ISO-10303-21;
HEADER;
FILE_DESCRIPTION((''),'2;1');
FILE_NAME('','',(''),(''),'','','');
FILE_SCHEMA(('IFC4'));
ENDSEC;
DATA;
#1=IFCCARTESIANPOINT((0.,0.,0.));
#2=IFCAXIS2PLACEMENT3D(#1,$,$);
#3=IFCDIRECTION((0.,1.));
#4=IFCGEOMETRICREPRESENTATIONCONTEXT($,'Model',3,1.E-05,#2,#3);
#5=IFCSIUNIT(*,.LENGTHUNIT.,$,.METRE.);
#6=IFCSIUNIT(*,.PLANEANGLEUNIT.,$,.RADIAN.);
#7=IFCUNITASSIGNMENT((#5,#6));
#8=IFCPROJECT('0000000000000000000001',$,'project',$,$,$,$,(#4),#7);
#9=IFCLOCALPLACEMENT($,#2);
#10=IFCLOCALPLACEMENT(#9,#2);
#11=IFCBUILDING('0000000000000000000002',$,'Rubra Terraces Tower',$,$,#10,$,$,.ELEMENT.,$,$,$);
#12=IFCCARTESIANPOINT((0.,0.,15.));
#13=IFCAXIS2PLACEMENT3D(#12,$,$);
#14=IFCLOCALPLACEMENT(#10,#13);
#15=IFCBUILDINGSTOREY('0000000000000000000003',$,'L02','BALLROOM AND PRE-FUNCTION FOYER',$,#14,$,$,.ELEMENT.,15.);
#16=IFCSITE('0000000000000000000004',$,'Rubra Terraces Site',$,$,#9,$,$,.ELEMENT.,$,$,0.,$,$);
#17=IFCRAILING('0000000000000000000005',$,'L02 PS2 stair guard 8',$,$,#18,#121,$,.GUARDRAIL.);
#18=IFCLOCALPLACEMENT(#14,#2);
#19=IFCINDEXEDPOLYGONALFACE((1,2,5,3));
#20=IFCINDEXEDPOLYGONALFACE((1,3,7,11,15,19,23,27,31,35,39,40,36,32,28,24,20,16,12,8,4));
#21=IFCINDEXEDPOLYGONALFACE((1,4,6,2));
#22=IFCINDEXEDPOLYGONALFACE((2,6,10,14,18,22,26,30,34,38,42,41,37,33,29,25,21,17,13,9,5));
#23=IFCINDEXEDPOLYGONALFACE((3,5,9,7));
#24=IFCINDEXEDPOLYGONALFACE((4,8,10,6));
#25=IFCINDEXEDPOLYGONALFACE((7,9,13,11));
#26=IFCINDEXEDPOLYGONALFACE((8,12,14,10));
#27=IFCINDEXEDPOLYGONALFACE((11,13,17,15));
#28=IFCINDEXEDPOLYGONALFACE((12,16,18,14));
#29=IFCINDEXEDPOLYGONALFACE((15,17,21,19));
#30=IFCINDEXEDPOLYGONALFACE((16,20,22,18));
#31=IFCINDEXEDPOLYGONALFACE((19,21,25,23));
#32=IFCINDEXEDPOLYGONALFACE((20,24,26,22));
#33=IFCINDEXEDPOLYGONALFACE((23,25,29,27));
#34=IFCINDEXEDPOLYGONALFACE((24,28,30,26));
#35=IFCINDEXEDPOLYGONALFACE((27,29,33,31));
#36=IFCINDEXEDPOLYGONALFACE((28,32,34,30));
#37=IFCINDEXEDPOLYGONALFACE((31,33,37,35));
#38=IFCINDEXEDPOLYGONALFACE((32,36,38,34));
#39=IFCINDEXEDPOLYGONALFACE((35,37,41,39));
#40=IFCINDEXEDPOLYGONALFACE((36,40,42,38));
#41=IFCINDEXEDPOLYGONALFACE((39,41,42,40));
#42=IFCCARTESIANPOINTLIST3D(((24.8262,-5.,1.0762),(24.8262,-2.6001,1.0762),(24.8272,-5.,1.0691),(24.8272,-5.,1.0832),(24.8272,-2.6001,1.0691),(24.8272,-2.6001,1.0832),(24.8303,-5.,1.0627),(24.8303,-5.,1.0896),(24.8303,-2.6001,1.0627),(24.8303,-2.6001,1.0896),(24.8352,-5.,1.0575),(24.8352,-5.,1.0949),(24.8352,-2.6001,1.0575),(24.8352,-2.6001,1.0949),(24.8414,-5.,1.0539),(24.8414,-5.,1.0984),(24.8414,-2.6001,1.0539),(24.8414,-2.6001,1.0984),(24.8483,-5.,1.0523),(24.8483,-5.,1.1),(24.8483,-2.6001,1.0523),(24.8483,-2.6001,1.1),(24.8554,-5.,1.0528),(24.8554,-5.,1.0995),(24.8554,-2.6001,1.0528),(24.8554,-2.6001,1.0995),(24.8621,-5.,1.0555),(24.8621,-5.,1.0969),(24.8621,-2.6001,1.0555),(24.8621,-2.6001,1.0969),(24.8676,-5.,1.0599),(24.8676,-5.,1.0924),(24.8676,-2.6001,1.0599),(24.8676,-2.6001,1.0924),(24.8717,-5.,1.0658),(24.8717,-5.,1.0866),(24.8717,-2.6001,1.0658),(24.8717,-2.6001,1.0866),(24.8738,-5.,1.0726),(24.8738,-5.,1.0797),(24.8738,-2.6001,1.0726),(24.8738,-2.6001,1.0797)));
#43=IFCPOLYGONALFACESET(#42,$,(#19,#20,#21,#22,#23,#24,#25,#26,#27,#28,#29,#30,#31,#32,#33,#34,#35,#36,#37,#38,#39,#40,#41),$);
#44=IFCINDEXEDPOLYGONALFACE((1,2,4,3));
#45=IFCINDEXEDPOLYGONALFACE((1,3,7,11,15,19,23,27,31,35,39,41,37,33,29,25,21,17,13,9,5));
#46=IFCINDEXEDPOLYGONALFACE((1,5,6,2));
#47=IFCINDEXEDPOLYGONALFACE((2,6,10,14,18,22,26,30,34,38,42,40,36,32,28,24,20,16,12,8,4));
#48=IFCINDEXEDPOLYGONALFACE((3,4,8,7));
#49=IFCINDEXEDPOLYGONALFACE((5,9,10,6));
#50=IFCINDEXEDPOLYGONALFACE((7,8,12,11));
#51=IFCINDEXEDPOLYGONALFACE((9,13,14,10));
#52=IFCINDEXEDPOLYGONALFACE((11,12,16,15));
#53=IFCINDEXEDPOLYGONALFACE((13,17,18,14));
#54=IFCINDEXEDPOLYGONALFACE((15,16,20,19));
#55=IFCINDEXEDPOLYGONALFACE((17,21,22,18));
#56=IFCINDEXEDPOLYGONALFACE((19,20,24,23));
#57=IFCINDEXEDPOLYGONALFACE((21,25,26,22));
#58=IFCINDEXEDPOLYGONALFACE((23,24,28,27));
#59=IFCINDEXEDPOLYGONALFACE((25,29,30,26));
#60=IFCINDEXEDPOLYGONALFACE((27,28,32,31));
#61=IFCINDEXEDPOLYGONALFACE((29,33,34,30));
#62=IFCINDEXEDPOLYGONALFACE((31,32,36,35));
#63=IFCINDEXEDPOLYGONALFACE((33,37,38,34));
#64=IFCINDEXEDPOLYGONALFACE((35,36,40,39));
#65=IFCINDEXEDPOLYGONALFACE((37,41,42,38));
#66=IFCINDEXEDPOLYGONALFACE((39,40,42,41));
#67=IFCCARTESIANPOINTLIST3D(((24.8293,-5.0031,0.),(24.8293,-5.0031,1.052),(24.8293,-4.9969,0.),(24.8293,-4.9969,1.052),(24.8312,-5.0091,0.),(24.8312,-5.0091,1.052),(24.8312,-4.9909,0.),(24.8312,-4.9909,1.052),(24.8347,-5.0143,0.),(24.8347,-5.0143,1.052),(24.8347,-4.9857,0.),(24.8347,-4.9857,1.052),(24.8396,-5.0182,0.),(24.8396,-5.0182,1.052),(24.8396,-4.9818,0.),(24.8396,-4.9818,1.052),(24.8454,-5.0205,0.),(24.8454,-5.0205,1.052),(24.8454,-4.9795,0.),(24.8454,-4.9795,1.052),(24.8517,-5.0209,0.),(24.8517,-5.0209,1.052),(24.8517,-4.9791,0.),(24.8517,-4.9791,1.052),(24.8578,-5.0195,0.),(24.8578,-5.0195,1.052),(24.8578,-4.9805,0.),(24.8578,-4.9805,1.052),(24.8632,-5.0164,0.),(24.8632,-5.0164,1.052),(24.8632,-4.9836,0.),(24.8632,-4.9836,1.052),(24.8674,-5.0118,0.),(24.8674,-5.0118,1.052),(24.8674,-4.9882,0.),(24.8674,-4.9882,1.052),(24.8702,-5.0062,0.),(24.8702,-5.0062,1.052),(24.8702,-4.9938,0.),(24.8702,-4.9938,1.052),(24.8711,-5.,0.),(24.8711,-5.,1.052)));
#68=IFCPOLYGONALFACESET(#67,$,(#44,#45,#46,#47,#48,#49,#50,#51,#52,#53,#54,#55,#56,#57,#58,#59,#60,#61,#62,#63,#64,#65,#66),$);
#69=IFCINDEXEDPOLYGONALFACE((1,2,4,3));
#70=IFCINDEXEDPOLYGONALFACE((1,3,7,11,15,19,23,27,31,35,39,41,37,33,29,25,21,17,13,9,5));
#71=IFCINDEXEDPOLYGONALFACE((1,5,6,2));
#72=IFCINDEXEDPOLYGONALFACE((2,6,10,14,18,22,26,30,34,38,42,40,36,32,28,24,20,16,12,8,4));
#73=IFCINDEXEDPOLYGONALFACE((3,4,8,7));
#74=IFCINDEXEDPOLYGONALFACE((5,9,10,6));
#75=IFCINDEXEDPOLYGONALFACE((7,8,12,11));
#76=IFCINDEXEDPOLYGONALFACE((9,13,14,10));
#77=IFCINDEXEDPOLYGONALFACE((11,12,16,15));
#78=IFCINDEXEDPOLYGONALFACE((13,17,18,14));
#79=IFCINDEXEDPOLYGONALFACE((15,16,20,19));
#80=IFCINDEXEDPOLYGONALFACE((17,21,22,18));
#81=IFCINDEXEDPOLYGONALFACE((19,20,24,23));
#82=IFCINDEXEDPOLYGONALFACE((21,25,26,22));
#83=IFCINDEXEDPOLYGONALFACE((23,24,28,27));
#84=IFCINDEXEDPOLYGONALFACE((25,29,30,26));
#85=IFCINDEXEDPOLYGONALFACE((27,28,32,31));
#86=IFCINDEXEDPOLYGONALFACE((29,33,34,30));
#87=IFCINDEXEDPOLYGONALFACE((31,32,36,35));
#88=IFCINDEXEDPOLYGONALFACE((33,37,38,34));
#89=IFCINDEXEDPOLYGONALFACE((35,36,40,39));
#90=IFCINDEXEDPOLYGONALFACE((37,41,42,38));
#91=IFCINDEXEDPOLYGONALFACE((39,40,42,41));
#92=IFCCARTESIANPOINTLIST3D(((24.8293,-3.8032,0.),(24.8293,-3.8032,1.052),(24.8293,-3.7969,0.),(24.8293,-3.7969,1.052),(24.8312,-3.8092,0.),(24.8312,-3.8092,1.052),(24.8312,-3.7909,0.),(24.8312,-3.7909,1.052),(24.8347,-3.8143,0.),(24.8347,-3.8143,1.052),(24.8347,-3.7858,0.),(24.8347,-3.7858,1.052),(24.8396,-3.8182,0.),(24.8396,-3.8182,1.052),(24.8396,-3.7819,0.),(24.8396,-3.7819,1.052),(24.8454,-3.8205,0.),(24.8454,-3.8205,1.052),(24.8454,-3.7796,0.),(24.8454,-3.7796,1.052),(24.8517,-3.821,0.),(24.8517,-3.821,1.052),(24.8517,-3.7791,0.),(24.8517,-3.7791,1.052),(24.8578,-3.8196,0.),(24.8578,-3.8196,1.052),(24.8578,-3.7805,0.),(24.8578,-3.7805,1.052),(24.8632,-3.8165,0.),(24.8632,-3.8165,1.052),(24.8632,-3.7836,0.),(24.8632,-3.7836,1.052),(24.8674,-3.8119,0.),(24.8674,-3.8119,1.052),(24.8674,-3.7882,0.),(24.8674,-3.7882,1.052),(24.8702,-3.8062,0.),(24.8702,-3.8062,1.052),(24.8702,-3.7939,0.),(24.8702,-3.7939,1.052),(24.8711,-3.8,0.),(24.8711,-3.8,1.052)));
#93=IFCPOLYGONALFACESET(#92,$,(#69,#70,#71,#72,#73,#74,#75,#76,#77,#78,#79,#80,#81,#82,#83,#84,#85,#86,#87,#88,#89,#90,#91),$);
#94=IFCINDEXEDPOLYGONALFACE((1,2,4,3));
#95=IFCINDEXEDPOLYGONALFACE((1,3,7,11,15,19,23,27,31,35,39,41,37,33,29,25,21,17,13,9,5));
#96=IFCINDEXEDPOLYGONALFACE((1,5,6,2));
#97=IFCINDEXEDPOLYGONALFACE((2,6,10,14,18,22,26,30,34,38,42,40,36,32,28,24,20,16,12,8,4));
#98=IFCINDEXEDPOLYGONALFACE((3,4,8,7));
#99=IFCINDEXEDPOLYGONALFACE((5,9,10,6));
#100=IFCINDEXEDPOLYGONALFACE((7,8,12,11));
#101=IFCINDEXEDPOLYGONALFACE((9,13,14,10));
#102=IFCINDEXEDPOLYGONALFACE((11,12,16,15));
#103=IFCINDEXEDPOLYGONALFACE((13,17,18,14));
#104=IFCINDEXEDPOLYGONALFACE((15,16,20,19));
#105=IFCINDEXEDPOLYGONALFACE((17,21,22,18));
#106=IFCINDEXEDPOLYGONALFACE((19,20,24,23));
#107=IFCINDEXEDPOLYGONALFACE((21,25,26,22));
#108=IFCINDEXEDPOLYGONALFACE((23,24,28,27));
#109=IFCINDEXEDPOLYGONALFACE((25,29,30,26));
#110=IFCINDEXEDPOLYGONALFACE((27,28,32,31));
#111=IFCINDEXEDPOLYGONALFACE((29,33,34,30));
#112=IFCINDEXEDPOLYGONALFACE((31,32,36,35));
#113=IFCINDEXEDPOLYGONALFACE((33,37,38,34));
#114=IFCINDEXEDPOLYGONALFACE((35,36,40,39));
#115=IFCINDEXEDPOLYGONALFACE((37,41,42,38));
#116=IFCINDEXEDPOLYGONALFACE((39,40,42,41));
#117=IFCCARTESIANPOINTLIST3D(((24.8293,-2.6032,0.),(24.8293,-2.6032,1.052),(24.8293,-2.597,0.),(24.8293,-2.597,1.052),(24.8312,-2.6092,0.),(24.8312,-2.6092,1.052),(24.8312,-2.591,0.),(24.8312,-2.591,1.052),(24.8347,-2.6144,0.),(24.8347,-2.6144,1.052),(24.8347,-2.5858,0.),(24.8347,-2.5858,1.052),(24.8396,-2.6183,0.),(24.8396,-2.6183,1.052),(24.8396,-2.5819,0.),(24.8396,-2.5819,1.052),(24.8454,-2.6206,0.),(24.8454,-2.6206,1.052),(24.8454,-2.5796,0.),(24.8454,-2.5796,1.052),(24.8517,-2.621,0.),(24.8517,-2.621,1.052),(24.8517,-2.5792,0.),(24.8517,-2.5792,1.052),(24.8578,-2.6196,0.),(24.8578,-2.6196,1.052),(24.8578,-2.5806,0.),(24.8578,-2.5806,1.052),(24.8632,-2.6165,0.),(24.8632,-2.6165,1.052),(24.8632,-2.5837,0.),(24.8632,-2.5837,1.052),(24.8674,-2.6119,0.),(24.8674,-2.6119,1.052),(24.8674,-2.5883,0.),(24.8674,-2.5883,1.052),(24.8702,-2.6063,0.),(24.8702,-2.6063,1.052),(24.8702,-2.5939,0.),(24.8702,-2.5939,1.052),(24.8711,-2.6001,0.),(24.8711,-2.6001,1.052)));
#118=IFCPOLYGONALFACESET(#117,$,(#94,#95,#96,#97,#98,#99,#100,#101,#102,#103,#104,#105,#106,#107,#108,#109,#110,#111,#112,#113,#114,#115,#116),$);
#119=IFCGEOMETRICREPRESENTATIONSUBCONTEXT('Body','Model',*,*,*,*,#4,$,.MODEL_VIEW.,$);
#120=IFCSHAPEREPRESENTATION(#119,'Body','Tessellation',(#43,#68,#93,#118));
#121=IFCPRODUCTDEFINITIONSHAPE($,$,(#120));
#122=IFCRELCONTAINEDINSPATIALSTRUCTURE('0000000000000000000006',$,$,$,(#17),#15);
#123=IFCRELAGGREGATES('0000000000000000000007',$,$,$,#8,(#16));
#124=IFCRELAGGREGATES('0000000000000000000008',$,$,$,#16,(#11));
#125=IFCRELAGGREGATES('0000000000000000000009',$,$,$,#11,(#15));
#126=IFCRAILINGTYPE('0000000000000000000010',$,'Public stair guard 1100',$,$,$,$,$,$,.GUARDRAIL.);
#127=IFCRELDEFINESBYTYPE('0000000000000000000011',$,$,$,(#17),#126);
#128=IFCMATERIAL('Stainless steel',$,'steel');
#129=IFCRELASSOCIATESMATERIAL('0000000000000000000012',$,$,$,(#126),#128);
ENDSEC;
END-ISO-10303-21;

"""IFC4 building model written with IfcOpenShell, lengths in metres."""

from ifc_helpers import new_model, si_unit, direction, frame, origin, origin_2d, place, context, subcontext, project, spatial, circle, extrude, material, type_object, element, save


model = new_model("IFC4")

# Units and contexts
model_context = context("Model", 3, precision=1e-05, world=origin(), true_north=direction((0.0, 1.0)))
body_context = subcontext(model_context, "Body", "Model", "MODEL_VIEW")
ifc_project = project(units=[si_unit("LENGTHUNIT", "METRE"), si_unit("PLANEANGLEUNIT", "RADIAN")], contexts=[model_context])

# Site, building, storey
site_placement = place(None, origin())
site = spatial("IfcSite", under=ifc_project, at=site_placement, Name="Rubra Terraces Site", CompositionType="ELEMENT", RefElevation=0.0)
building_placement = place(site_placement, origin())
building = spatial("IfcBuilding", under=site, at=building_placement, Name="Rubra Terraces Tower", CompositionType="ELEMENT")
storey_placement = place(building_placement, frame((0.0, 0.0, 15.0)))
storey = spatial("IfcBuildingStorey", under=building, at=storey_placement, Name="L02", Description="BALLROOM AND PRE-FUNCTION FOYER", CompositionType="ELEMENT", Elevation=15.0)

# Railing
ifc_material_1 = material(Name="Stainless steel", Category="steel")
railing_type = type_object("IfcRailingType", Name="Public stair guard 1100", PredefinedType="GUARDRAIL", material=ifc_material_1)
railing_1_placement = place(storey_placement, frame((24.8501, -5.0, 0.0)))
element("IfcRailing", 1, at=railing_1_placement, inside=storey, type_object=railing_type, Name="L02 PS2 stair guard 8", PredefinedType="GUARDRAIL", context=body_context, shape_type="SweptSolid", body=[
    extrude(circle(Radius=0.0239, at=origin_2d()), frame((0.0, 0.0, 1.0762), z_axis=(0.0, 1.0, 0.0), x_axis=(-1.0, 0.0, 0.0)), (0.0, 0.0, 1.0), 2.3999),
    extrude(circle(Radius=0.021, at=origin_2d()), origin(), (0.0, 0.0, 1.0), 1.052),
    extrude(circle(Radius=0.021, at=origin_2d()), frame((0.0, 1.2, 0.0)), (0.0, 0.0, 1.0), 1.052),
    extrude(circle(Radius=0.021, at=origin_2d()), frame((0.0, 2.3999, 0.0)), (0.0, 0.0, 1.0), 1.052),
])

save(model, "model.ifc")
